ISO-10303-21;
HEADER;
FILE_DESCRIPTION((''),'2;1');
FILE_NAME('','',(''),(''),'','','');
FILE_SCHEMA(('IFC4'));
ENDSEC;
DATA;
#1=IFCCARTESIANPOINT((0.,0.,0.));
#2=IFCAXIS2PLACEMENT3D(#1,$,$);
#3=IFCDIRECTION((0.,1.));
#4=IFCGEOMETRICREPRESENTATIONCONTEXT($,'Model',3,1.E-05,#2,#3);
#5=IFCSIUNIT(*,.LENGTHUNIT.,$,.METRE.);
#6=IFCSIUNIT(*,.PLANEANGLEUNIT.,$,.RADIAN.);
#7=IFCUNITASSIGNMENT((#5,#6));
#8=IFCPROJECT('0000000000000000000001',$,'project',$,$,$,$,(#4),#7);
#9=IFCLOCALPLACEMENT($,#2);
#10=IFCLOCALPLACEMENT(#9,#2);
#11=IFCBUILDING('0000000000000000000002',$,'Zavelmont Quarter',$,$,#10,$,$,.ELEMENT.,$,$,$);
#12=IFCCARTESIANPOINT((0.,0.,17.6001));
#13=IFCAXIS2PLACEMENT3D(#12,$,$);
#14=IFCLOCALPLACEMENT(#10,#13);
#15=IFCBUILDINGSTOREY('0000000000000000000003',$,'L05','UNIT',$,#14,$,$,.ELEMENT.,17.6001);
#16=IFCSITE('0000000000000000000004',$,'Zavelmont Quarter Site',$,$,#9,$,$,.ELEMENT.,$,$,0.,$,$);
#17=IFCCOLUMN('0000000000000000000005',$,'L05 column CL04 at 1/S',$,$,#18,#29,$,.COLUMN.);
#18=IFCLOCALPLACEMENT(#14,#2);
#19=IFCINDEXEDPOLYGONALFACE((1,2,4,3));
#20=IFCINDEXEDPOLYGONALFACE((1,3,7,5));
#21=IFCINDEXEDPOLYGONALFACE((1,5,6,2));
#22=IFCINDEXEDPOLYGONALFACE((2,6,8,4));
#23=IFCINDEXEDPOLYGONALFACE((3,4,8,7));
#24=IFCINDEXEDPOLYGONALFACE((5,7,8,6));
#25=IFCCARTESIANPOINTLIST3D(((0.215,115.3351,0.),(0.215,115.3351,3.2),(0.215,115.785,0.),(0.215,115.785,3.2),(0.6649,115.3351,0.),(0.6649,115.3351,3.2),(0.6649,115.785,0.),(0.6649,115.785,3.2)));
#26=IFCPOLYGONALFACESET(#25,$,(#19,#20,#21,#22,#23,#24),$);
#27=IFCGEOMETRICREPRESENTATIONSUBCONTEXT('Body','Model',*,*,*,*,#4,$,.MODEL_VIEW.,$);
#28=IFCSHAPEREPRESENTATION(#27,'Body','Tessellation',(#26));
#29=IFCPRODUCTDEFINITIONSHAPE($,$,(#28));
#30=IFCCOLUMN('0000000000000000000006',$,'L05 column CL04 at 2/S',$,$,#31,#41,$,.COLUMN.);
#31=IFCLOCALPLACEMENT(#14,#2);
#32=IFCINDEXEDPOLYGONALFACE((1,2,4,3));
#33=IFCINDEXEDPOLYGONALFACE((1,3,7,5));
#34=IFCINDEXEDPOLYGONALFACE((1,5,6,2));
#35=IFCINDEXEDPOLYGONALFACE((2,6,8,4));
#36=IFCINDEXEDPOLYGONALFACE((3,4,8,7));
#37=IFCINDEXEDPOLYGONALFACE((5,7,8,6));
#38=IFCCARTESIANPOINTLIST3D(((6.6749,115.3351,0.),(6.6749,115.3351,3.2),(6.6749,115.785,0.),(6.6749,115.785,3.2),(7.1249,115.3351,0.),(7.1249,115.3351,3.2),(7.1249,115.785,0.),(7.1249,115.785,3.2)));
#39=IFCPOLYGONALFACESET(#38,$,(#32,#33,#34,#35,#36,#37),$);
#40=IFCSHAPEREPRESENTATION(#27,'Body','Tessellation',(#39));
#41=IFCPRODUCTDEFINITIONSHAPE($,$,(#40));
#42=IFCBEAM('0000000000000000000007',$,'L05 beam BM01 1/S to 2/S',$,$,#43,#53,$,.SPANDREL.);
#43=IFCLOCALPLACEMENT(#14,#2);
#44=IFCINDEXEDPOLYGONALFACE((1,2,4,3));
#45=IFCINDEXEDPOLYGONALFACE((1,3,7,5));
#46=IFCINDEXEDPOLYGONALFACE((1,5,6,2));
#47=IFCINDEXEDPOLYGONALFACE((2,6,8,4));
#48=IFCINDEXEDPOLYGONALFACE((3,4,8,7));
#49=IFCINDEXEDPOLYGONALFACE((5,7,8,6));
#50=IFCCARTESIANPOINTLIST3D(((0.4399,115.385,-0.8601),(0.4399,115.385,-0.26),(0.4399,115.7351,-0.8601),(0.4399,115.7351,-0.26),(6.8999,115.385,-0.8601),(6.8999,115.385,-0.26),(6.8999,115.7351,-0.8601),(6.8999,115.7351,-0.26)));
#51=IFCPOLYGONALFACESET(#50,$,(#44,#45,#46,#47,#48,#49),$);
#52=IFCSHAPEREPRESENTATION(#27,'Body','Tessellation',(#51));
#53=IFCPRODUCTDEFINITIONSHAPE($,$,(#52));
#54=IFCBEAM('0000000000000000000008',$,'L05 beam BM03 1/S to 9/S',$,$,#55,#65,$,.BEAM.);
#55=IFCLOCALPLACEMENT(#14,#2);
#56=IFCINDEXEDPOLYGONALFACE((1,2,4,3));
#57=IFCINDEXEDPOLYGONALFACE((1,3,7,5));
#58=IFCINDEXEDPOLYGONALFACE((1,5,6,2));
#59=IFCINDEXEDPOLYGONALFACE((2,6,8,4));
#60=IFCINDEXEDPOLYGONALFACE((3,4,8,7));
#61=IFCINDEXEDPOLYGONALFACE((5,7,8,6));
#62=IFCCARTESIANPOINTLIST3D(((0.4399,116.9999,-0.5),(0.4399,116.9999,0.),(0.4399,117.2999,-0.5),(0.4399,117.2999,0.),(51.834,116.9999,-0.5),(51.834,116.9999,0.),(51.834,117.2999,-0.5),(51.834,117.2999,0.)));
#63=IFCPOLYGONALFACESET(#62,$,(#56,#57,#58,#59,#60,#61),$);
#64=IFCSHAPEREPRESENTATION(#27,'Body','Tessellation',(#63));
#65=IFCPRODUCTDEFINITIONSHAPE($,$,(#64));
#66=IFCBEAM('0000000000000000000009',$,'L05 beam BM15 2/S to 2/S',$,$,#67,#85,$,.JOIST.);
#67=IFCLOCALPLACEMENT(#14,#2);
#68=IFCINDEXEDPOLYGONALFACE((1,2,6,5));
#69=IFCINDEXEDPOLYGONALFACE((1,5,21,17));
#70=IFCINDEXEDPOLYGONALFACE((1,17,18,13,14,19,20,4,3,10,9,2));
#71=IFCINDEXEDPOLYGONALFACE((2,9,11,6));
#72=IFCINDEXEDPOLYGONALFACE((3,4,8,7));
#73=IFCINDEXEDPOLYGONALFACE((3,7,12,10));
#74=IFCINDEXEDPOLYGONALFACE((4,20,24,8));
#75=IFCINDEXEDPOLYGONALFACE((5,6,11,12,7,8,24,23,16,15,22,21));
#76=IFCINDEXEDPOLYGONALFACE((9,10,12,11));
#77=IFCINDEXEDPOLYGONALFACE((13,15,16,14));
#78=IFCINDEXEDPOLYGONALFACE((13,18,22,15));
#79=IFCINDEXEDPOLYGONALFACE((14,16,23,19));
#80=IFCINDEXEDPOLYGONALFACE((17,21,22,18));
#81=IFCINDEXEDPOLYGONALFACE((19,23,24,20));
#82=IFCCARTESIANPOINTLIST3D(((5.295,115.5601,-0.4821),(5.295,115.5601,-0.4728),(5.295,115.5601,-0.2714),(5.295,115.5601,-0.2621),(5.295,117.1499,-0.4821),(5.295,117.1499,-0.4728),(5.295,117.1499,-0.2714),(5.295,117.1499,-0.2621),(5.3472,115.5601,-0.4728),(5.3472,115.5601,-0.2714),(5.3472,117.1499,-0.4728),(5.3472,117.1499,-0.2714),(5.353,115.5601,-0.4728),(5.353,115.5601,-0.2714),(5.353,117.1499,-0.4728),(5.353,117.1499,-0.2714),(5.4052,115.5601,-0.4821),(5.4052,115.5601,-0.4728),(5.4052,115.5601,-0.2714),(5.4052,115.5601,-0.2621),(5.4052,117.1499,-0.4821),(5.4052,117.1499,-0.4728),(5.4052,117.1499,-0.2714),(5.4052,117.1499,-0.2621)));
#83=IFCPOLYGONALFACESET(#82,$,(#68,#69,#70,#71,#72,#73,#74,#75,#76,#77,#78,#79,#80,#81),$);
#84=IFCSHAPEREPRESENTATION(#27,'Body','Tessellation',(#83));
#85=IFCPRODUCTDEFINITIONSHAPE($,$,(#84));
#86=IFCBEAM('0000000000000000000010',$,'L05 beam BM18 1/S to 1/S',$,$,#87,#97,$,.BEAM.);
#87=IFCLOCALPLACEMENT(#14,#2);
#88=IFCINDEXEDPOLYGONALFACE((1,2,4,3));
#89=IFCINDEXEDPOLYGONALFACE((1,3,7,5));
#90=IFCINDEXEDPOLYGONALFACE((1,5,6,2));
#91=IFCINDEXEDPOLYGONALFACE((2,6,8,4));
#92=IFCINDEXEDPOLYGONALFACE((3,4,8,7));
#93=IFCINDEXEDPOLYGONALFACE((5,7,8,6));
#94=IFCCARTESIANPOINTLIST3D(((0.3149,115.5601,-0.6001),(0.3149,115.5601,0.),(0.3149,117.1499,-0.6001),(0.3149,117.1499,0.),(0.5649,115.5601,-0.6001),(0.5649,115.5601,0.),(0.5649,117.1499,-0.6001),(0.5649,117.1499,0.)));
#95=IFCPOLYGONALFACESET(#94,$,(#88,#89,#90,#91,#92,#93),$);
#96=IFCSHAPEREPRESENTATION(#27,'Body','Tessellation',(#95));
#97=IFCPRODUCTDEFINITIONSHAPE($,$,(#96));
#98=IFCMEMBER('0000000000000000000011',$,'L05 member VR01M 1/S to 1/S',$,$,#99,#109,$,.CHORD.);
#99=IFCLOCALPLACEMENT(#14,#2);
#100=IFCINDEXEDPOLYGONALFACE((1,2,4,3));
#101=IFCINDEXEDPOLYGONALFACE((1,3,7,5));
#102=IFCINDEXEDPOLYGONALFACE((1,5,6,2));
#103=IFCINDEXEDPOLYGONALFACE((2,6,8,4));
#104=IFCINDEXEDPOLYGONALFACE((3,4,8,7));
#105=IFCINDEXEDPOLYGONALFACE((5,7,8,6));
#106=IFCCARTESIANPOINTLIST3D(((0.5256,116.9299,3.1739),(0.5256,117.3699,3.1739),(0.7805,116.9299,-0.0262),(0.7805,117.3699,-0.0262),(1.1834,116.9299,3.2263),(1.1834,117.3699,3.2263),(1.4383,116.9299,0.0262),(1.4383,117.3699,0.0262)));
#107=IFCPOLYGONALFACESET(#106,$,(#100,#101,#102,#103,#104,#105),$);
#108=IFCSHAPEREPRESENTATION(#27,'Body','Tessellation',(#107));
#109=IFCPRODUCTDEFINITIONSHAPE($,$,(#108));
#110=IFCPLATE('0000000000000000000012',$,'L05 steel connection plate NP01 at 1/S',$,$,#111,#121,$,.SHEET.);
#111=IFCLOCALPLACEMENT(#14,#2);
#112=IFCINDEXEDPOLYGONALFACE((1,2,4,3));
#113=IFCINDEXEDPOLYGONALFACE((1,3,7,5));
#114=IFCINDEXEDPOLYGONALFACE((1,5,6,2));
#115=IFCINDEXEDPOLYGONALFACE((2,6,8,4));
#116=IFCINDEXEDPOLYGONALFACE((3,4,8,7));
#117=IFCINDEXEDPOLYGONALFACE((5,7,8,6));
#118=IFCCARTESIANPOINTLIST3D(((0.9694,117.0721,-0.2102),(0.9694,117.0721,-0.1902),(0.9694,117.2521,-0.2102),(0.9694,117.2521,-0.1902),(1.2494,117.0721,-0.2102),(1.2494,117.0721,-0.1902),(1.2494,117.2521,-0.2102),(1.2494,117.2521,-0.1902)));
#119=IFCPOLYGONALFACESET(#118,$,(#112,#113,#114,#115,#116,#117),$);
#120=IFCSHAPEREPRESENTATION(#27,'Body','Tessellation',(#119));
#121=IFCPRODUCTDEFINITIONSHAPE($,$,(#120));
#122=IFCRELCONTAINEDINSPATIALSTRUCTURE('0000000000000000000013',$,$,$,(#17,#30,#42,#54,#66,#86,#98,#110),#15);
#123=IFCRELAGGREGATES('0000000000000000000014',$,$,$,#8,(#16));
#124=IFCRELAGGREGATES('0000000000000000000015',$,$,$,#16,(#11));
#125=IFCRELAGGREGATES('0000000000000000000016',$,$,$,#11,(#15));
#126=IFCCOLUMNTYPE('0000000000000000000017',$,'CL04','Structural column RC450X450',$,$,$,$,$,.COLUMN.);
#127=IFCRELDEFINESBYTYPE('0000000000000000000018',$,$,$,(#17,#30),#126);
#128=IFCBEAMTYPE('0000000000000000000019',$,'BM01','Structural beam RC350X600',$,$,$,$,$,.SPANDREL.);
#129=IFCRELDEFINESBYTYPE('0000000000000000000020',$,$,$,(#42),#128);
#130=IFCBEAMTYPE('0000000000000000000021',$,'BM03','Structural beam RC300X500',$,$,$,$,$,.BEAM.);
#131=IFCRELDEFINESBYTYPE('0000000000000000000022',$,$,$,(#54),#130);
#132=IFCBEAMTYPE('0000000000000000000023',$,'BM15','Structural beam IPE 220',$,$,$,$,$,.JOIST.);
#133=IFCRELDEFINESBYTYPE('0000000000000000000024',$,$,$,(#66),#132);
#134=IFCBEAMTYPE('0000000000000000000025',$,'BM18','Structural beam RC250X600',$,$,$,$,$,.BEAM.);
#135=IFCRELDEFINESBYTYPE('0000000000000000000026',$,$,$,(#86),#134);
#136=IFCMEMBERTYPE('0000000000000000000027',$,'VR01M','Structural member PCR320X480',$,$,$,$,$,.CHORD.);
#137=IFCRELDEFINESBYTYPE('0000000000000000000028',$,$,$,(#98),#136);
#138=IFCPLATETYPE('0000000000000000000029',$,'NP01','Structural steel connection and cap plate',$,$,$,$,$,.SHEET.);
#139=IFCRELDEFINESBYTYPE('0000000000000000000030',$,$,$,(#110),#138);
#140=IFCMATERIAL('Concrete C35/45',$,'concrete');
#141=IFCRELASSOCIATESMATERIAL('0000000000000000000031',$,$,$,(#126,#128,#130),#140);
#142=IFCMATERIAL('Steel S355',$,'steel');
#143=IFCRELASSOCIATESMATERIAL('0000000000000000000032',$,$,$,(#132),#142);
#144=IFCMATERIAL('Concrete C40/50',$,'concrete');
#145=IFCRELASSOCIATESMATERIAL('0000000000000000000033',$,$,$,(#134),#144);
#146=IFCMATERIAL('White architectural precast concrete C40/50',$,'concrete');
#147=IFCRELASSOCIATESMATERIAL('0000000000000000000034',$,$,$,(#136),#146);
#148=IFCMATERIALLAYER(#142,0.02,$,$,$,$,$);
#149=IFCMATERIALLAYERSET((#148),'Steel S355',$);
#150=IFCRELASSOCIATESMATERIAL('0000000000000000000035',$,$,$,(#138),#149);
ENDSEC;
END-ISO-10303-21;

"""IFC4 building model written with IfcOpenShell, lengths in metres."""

from ifc_helpers import new_model, si_unit, direction, frame, origin, origin_2d, place, context, subcontext, project, spatial, rectangle, i_section, extrude, material, layer, layer_set, material_profile, profile_set, type_object, element, save


model = new_model("IFC4")

# Units and contexts
model_context = context("Model", 3, precision=1e-05, world=origin(), true_north=direction((0.0, 1.0)))
body_context = subcontext(model_context, "Body", "Model", "MODEL_VIEW")
ifc_project = project(units=[si_unit("LENGTHUNIT", "METRE"), si_unit("PLANEANGLEUNIT", "RADIAN")], contexts=[model_context])

# Site, building, storey
site_placement = place(None, origin())
site = spatial("IfcSite", under=ifc_project, at=site_placement, Name="Zavelmont Quarter Site", CompositionType="ELEMENT", RefElevation=0.0)
building_placement = place(site_placement, origin())
building = spatial("IfcBuilding", under=site, at=building_placement, Name="Zavelmont Quarter", CompositionType="ELEMENT")
storey_placement = place(building_placement, frame((0.0, 0.0, 17.6001)))
storey = spatial("IfcBuildingStorey", under=building, at=storey_placement, Name="L05", Description="UNIT", CompositionType="ELEMENT", Elevation=17.6001)

# Columns
ifc_material_1 = material(Name="Concrete C35/45", Category="concrete")
ifc_material_profile_1 = material_profile(ifc_material_1, rectangle(XDim=0.45, YDim=0.45, at=origin_2d()), Name="RC450X450")
ifc_profile_set_1 = profile_set([ifc_material_profile_1], Name="Concrete C35/45")
column_type = type_object("IfcColumnType", Name="CL04", Description="Structural column RC450X450", PredefinedType="COLUMN", material=ifc_profile_set_1)
for number, where, z_axis, x_axis, name in (
    (1, (0.4399, 115.5601, 0.0), (0.0, 0.0, 1.0), (1.0, 0.0, 0.0), "L05 column CL04 at 1/S"),
    (2, (6.8999, 115.5601, 0.0), (0.0, 0.0, 1.0), (1.0, 0.0, 0.0), "L05 column CL04 at 2/S"),
):
    element("IfcColumn", number, at=place(storey_placement, frame(where, z_axis=z_axis, x_axis=x_axis)), inside=storey, type_object=column_type, Name=name, PredefinedType="COLUMN", context=body_context, shape_type="SweptSolid", body=[
        extrude(rectangle(XDim=0.45, YDim=0.45, at=origin_2d()), origin(), (0.0, 0.0, 1.0), 3.2),
    ])

# Beams
ifc_material_profile_2 = material_profile(ifc_material_1, rectangle(XDim=0.3501, YDim=0.6001, at=origin_2d()), Name="RC350X600")
ifc_profile_set_2 = profile_set([ifc_material_profile_2], Name="Concrete C35/45")
beam_type_1 = type_object("IfcBeamType", Name="BM01", Description="Structural beam RC350X600", PredefinedType="SPANDREL", material=ifc_profile_set_2)
beam_1_placement = place(storey_placement, frame((0.4399, 115.5601, -0.5601), z_axis=(1.0, 0.0, 0.0), x_axis=(0.0, 1.0, 0.0)))
element("IfcBeam", 3, at=beam_1_placement, inside=storey, type_object=beam_type_1, Name="L05 beam BM01 1/S to 2/S", PredefinedType="SPANDREL", context=body_context, shape_type="SweptSolid", body=[
    extrude(rectangle(XDim=0.3501, YDim=0.6001, at=origin_2d()), origin(), (0.0, 0.0, 1.0), 6.46),
])
ifc_material_profile_3 = material_profile(ifc_material_1, rectangle(XDim=0.3, YDim=0.5, at=origin_2d()), Name="RC300X500")
ifc_profile_set_3 = profile_set([ifc_material_profile_3], Name="Concrete C35/45")
beam_type_2 = type_object("IfcBeamType", Name="BM03", Description="Structural beam RC300X500", PredefinedType="BEAM", material=ifc_profile_set_3)
beam_2_placement = place(storey_placement, frame((0.4399, 117.1499, -0.25), z_axis=(1.0, 0.0, 0.0), x_axis=(0.0, 1.0, 0.0)))
element("IfcBeam", 4, at=beam_2_placement, inside=storey, type_object=beam_type_2, Name="L05 beam BM03 1/S to 9/S", PredefinedType="BEAM", context=body_context, shape_type="SweptSolid", body=[
    extrude(rectangle(XDim=0.3, YDim=0.5, at=origin_2d()), origin(), (0.0, 0.0, 1.0), 51.394),
])
ifc_material_2 = material(Name="Steel S355", Category="steel")
ifc_material_profile_4 = material_profile(ifc_material_2, i_section(OverallWidth=0.1101, OverallDepth=0.22, WebThickness=0.0059, FlangeThickness=0.0093, at=origin_2d()), Name="IPE 220")
ifc_profile_set_4 = profile_set([ifc_material_profile_4], Name="Steel S355")
beam_type_3 = type_object("IfcBeamType", Name="BM15", Description="Structural beam IPE 220", PredefinedType="JOIST", material=ifc_profile_set_4)
beam_3_placement = place(storey_placement, frame((5.3501, 115.5601, -0.3721), z_axis=(0.0, 1.0, 0.0), x_axis=(-1.0, 0.0, 0.0)))
element("IfcBeam", 5, at=beam_3_placement, inside=storey, type_object=beam_type_3, Name="L05 beam BM15 2/S to 2/S", PredefinedType="JOIST", context=body_context, shape_type="SweptSolid", body=[
    extrude(i_section(OverallWidth=0.1101, OverallDepth=0.22, WebThickness=0.0059, FlangeThickness=0.0093, at=origin_2d()), origin(), (0.0, 0.0, 1.0), 1.5898),
])
ifc_material_3 = material(Name="Concrete C40/50", Category="concrete")
ifc_material_profile_5 = material_profile(ifc_material_3, rectangle(XDim=0.25, YDim=0.6001, at=origin_2d()), Name="RC250X600")
ifc_profile_set_5 = profile_set([ifc_material_profile_5], Name="Concrete C40/50")
beam_type_4 = type_object("IfcBeamType", Name="BM18", Description="Structural beam RC250X600", PredefinedType="BEAM", material=ifc_profile_set_5)
beam_4_placement = place(storey_placement, frame((0.4399, 115.5601, -0.3), z_axis=(0.0, 1.0, 0.0), x_axis=(-1.0, 0.0, 0.0)))
element("IfcBeam", 6, at=beam_4_placement, inside=storey, type_object=beam_type_4, Name="L05 beam BM18 1/S to 1/S", PredefinedType="BEAM", context=body_context, shape_type="SweptSolid", body=[
    extrude(rectangle(XDim=0.25, YDim=0.6001, at=origin_2d()), origin(), (0.0, 0.0, 1.0), 1.5898),
])

# Member
ifc_material_4 = material(Name="White architectural precast concrete C40/50", Category="concrete")
ifc_material_profile_6 = material_profile(ifc_material_4, rectangle(XDim=0.4399, YDim=0.6599, at=origin_2d()), Name="PCR320X480")
ifc_profile_set_6 = profile_set([ifc_material_profile_6], Name="White architectural precast concrete C40/50")
member_type = type_object("IfcMemberType", Name="VR01M", Description="Structural member PCR320X480", PredefinedType="CHORD", material=ifc_profile_set_6)
member_placement = place(storey_placement, frame((1.1094, 117.1499, 0.0), z_axis=(-0.079401, 0.0, 0.996843), x_axis=(0.0, -1.0, 0.0)))
element("IfcMember", 7, at=member_placement, inside=storey, type_object=member_type, Name="L05 member VR01M 1/S to 1/S", PredefinedType="CHORD", context=body_context, shape_type="SweptSolid", body=[
    extrude(rectangle(XDim=0.4399, YDim=0.6599, at=origin_2d()), origin(), (0.0, 0.0, 1.0), 3.2102),
])

# Plate
ifc_layer_1 = layer(ifc_material_2, 0.02)
ifc_layer_set_1 = layer_set([ifc_layer_1], Name="Steel S355")
plate_type = type_object("IfcPlateType", Name="NP01", Description="Structural steel connection and cap plate", PredefinedType="SHEET", material=ifc_layer_set_1)
plate_placement = place(storey_placement, frame((1.1094, 117.1621, -0.2102), z_axis=(0.0, 0.0, 1.0), x_axis=(1.0, 0.0, 0.0)))
element("IfcPlate", 8, at=plate_placement, inside=storey, type_object=plate_type, Name="L05 steel connection plate NP01 at 1/S", PredefinedType="SHEET", context=body_context, shape_type="SweptSolid", body=[
    extrude(rectangle(XDim=0.28, YDim=0.1799, at=origin_2d()), origin(), (0.0, 0.0, 1.0), 0.02),
])

save(model, "model.ifc")
